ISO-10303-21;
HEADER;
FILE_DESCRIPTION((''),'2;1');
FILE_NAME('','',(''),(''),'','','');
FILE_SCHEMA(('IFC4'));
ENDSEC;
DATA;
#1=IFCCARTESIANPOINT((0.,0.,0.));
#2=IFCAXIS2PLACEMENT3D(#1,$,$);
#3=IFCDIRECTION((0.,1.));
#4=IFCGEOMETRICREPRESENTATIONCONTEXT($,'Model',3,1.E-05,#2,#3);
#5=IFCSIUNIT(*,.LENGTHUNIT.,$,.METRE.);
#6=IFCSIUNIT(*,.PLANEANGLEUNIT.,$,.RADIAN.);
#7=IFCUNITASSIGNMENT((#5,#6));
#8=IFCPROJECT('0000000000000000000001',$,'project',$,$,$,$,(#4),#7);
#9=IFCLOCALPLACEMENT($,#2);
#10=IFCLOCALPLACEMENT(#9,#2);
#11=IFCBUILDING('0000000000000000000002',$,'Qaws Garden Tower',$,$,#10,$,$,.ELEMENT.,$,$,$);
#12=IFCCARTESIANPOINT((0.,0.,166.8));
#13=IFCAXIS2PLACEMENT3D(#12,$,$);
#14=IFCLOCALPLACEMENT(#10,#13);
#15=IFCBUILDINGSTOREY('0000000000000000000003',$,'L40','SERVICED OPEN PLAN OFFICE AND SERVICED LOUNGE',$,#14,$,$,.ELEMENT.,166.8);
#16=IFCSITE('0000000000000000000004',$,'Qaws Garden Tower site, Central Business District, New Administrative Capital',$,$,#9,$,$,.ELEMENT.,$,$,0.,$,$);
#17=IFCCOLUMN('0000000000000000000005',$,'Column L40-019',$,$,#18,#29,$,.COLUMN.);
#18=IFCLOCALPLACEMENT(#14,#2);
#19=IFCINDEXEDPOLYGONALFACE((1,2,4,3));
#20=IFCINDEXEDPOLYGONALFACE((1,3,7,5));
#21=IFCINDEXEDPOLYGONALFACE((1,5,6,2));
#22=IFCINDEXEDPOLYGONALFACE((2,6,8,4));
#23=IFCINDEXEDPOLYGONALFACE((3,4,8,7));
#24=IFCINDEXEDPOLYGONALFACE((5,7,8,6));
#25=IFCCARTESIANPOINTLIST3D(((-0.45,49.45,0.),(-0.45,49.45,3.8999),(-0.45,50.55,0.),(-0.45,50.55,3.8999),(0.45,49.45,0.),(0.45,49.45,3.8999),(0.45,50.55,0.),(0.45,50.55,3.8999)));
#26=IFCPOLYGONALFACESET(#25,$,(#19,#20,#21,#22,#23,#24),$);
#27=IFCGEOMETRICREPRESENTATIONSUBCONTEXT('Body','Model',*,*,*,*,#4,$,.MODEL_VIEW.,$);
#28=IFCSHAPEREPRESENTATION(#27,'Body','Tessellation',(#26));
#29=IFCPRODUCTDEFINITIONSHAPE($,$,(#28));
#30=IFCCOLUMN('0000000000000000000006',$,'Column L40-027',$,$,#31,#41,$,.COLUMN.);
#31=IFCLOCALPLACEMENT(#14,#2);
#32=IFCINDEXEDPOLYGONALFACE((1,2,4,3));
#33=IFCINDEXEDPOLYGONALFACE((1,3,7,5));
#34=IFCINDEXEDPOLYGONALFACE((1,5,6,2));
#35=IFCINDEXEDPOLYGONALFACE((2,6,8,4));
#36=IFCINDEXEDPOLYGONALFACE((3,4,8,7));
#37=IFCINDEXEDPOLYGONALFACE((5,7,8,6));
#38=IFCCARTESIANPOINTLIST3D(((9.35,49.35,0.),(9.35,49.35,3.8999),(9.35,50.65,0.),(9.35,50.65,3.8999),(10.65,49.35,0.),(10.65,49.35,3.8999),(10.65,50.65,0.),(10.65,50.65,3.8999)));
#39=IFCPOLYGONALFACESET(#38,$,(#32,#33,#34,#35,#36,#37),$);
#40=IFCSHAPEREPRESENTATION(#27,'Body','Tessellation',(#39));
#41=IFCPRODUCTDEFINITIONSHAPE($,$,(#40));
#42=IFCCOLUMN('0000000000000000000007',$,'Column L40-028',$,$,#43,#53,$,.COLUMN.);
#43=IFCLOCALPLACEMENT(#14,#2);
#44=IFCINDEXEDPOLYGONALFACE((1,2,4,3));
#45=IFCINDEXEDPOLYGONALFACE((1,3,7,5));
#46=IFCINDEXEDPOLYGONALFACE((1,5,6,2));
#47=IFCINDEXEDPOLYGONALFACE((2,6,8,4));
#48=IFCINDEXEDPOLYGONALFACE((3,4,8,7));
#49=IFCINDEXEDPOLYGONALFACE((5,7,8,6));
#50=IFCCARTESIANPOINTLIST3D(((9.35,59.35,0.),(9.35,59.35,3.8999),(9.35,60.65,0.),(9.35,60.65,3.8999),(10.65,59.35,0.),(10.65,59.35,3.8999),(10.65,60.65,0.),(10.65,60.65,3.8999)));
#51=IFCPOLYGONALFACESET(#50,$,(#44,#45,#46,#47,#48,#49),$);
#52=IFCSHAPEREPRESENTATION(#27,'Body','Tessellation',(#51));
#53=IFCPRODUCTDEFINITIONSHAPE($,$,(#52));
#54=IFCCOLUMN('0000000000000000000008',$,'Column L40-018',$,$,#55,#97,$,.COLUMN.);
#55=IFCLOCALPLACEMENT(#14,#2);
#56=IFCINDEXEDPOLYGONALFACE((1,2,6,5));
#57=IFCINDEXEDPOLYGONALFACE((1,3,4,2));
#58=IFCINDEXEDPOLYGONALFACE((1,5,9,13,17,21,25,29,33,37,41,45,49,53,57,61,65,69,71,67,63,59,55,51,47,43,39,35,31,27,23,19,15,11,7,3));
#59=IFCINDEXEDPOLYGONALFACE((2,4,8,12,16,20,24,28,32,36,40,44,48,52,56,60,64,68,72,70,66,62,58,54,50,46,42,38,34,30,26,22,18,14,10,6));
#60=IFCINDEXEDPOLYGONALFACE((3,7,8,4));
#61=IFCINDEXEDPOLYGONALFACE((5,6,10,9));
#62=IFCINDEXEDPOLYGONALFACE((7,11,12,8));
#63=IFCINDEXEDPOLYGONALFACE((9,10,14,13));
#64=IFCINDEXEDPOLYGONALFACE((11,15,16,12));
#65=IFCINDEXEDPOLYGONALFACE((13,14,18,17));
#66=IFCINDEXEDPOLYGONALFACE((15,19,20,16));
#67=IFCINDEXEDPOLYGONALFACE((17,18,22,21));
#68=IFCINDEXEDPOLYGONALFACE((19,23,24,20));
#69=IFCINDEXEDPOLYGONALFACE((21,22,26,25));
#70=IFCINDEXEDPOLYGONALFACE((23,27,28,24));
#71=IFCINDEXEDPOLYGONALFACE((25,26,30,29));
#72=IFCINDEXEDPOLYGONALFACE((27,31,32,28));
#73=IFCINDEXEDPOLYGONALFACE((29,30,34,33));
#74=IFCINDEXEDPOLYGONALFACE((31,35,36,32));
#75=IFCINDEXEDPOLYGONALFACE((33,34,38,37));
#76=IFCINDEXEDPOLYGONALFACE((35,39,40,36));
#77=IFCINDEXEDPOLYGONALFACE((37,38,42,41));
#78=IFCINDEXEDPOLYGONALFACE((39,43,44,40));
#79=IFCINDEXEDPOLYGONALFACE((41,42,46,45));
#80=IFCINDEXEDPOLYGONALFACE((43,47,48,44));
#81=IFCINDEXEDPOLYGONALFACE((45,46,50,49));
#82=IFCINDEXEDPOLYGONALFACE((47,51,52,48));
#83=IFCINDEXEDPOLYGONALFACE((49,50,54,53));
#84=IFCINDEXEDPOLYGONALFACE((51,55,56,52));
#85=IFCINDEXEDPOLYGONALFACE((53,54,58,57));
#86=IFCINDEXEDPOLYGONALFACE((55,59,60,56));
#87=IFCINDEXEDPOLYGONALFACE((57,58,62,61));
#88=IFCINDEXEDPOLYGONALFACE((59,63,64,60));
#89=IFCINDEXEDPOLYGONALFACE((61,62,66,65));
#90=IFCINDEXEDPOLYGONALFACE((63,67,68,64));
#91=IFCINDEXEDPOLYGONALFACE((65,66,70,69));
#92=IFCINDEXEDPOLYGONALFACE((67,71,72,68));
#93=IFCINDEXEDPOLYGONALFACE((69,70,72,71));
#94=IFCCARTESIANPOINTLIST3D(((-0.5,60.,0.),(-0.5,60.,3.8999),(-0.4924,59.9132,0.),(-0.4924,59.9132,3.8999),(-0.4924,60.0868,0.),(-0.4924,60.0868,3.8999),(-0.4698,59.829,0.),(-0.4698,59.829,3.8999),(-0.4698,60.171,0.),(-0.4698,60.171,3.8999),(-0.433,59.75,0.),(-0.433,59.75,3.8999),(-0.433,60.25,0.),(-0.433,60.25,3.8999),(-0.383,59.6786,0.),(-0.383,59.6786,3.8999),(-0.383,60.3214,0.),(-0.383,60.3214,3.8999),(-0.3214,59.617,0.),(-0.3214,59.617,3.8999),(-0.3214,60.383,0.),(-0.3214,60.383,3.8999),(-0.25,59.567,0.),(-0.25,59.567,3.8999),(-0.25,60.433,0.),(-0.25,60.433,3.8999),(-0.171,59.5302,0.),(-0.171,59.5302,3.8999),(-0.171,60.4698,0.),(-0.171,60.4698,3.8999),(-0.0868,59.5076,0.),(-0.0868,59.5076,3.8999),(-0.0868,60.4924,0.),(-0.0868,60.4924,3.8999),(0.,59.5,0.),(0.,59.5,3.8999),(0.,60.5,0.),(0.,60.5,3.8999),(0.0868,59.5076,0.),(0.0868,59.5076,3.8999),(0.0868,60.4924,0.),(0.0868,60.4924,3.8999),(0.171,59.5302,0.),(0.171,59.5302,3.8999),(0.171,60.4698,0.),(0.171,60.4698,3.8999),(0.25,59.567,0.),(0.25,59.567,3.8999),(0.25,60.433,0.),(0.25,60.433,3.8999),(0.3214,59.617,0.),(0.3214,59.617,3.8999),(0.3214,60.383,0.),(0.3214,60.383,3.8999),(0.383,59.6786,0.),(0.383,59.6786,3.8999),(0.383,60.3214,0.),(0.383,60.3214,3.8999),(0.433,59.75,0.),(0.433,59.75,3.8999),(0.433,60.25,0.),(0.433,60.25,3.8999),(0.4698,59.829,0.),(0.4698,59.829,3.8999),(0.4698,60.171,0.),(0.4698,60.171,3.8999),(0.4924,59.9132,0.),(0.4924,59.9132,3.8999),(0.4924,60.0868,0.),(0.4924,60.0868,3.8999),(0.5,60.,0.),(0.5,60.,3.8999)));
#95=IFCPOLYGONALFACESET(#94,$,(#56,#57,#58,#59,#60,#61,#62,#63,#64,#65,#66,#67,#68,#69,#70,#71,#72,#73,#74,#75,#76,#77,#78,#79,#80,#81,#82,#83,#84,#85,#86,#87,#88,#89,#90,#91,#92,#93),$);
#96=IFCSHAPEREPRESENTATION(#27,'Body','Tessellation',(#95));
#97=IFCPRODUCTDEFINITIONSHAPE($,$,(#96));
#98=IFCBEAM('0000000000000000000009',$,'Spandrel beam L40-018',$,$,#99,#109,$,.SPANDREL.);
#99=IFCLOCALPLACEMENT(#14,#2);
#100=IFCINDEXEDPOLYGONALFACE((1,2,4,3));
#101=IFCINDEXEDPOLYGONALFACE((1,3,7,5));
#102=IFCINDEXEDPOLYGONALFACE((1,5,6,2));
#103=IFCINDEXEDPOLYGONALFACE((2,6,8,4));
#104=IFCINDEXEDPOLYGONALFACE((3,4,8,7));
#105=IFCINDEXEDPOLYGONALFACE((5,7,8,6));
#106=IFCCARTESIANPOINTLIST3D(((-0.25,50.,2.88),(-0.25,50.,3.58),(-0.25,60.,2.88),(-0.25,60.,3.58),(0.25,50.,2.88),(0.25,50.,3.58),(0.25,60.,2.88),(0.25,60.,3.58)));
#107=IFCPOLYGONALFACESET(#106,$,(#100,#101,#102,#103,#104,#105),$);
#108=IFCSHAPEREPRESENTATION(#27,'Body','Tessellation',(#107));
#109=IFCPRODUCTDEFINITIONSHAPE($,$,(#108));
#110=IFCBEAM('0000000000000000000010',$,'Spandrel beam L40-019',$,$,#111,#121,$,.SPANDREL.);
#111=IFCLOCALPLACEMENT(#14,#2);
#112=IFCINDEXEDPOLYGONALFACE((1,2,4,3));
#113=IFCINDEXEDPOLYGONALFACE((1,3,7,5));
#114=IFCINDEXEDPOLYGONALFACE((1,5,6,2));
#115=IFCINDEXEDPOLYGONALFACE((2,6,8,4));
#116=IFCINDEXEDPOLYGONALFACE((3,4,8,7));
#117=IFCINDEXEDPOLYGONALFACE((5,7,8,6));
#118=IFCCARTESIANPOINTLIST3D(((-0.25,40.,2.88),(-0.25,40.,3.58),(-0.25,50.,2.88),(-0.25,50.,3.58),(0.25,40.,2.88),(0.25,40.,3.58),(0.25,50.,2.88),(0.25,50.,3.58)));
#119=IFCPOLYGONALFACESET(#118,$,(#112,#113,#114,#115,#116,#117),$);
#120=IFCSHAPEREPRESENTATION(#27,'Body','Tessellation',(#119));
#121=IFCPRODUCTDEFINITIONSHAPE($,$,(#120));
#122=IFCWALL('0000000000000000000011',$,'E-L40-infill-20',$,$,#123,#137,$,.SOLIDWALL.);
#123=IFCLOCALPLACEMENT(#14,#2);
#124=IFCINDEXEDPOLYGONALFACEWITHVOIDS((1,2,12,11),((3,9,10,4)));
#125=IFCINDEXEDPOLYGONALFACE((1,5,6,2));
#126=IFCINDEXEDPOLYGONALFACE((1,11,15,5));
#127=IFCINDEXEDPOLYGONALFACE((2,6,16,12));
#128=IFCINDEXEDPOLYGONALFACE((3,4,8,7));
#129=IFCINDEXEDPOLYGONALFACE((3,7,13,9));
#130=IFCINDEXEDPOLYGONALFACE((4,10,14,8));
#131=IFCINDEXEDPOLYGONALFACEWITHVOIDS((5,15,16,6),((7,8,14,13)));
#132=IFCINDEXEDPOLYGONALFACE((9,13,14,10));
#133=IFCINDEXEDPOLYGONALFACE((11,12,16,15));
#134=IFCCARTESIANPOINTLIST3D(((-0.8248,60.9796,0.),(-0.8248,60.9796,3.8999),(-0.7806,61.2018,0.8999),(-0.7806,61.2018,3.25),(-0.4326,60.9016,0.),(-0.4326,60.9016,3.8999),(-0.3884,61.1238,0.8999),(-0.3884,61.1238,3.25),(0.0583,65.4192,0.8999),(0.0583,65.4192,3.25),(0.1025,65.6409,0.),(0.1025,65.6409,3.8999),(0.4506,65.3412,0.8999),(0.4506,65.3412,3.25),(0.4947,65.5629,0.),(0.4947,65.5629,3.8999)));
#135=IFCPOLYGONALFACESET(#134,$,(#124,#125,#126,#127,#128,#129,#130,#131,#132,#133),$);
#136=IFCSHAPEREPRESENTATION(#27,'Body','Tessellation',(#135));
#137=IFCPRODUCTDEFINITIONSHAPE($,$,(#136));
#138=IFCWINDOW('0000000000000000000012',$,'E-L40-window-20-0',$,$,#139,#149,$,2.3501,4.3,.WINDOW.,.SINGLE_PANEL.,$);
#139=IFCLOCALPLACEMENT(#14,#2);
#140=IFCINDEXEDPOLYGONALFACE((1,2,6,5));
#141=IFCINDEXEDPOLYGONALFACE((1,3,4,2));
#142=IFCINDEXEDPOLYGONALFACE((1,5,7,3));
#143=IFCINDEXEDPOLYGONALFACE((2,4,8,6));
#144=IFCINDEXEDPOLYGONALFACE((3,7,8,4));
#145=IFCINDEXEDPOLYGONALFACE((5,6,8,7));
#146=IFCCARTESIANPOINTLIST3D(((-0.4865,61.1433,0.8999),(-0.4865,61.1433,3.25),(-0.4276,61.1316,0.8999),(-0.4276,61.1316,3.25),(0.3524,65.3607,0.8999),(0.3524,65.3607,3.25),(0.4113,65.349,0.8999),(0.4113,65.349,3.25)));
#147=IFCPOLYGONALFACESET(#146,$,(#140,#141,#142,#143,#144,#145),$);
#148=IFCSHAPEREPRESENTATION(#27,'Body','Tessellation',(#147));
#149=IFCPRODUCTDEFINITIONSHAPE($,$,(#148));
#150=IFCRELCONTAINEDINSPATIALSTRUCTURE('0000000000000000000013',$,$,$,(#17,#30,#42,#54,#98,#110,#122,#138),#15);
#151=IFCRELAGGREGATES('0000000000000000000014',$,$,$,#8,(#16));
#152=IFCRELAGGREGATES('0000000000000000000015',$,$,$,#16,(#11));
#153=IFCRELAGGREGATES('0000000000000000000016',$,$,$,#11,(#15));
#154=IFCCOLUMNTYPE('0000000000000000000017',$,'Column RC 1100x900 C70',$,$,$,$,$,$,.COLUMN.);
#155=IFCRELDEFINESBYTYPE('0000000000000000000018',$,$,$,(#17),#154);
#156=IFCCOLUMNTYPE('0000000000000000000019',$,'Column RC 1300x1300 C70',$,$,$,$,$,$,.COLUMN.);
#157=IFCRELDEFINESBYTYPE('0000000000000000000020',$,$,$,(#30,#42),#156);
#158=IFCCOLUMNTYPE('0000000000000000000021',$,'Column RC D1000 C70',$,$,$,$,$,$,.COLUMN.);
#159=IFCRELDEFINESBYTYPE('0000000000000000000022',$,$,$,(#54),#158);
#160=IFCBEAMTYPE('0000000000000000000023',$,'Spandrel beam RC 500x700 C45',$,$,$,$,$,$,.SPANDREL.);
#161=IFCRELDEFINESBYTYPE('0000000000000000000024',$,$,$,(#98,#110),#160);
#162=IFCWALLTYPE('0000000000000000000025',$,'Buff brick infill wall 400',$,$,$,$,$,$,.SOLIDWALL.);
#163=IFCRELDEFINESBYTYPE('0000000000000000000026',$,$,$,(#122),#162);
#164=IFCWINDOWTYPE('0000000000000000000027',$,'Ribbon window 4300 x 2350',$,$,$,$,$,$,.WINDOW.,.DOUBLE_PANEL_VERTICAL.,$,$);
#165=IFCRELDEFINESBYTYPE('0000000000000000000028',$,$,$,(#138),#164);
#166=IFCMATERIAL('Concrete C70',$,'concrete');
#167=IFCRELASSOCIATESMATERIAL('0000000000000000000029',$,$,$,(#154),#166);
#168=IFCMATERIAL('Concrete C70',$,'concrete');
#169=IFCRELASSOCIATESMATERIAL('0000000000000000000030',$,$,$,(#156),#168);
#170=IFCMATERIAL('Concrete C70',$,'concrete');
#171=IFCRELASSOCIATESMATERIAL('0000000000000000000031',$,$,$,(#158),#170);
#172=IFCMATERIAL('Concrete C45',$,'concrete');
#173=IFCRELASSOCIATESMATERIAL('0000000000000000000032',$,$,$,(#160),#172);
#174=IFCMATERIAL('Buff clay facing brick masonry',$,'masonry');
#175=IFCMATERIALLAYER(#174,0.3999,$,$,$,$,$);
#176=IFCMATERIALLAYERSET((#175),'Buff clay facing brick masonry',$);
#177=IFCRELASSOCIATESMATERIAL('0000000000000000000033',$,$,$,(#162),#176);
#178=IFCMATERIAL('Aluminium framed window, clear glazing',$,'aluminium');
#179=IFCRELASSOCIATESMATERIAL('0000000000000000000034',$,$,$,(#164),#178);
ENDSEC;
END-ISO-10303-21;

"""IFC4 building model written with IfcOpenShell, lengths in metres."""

from ifc_helpers import new_model, si_unit, direction, frame, frame_2d, origin, origin_2d, place, context, subcontext, project, spatial, rectangle, circle, extrude, material, layer, layer_set, material_profile, profile_set, type_object, element, fill, save


model = new_model("IFC4")

# Units and contexts
model_context = context("Model", 3, precision=1e-05, world=origin(), true_north=direction((0.0, 1.0)))
body_context = subcontext(model_context, "Body", "Model", "MODEL_VIEW")
ifc_project = project(units=[si_unit("LENGTHUNIT", "METRE"), si_unit("PLANEANGLEUNIT", "RADIAN")], contexts=[model_context])

# Site, building, storey
site_placement = place(None, origin())
site = spatial("IfcSite", under=ifc_project, at=site_placement, Name="Qaws Garden Tower site, Central Business District, New Administrative Capital", CompositionType="ELEMENT", RefElevation=0.0)
building_placement = place(site_placement, origin())
building = spatial("IfcBuilding", under=site, at=building_placement, Name="Qaws Garden Tower", CompositionType="ELEMENT")
storey_placement = place(building_placement, frame((0.0, 0.0, 166.8)))
storey = spatial("IfcBuildingStorey", under=building, at=storey_placement, Name="L40", Description="SERVICED OPEN PLAN OFFICE AND SERVICED LOUNGE", CompositionType="ELEMENT", Elevation=166.8)

# Columns
ifc_material_1 = material(Name="Concrete C70", Category="concrete")
ifc_material_profile_1 = material_profile(ifc_material_1, rectangle(XDim=1.1001, YDim=0.8999, at=origin_2d()), Name="RC 1100x900")
ifc_profile_set_1 = profile_set([ifc_material_profile_1], Name="Concrete C70")
column_type_1 = type_object("IfcColumnType", Name="Column RC 1100x900 C70", PredefinedType="COLUMN", material=ifc_profile_set_1)
column_1_placement = place(storey_placement, frame((0.0, 50.0, 0.0), z_axis=(0.0, 0.0, 1.0), x_axis=(0.0, 1.0, 0.0)))
element("IfcColumn", 1, at=column_1_placement, inside=storey, type_object=column_type_1, Name="Column L40-019", PredefinedType="COLUMN", context=body_context, shape_type="SweptSolid", body=[
    extrude(rectangle(XDim=1.1001, YDim=0.8999, at=origin_2d()), origin(), (0.0, 0.0, 1.0), 3.8999),
])
ifc_material_2 = material(Name="Concrete C70", Category="concrete")
ifc_material_profile_2 = material_profile(ifc_material_2, rectangle(XDim=1.3, YDim=1.3, at=origin_2d()), Name="RC 1300x1300")
ifc_profile_set_2 = profile_set([ifc_material_profile_2], Name="Concrete C70")
column_type_2 = type_object("IfcColumnType", Name="Column RC 1300x1300 C70", PredefinedType="COLUMN", material=ifc_profile_set_2)
for number, where, z_axis, x_axis, name in (
    (2, (10.0, 50.0, 0.0), (0.0, 0.0, 1.0), (1.0, 0.0, 0.0), "Column L40-027"),
    (3, (10.0, 60.0, 0.0), (0.0, 0.0, 1.0), (1.0, 0.0, 0.0), "Column L40-028"),
):
    element("IfcColumn", number, at=place(storey_placement, frame(where, z_axis=z_axis, x_axis=x_axis)), inside=storey, type_object=column_type_2, Name=name, PredefinedType="COLUMN", context=body_context, shape_type="SweptSolid", body=[
        extrude(rectangle(XDim=1.3, YDim=1.3, at=origin_2d()), origin(), (0.0, 0.0, 1.0), 3.8999),
    ])
ifc_material_3 = material(Name="Concrete C70", Category="concrete")
ifc_material_profile_3 = material_profile(ifc_material_3, circle(Radius=0.5, at=origin_2d()), Name="RC D1000")
ifc_profile_set_3 = profile_set([ifc_material_profile_3], Name="Concrete C70")
column_type_3 = type_object("IfcColumnType", Name="Column RC D1000 C70", PredefinedType="COLUMN", material=ifc_profile_set_3)
column_2_placement = place(storey_placement, frame((0.0, 60.0, 0.0), z_axis=(0.0, 0.0, 1.0), x_axis=(1.0, 0.0, 0.0)))
element("IfcColumn", 4, at=column_2_placement, inside=storey, type_object=column_type_3, Name="Column L40-018", PredefinedType="COLUMN", context=body_context, shape_type="SweptSolid", body=[
    extrude(circle(Radius=0.5, at=origin_2d()), origin(), (0.0, 0.0, 1.0), 3.8999),
])

# Beams
ifc_material_4 = material(Name="Concrete C45", Category="concrete")
ifc_material_profile_4 = material_profile(ifc_material_4, rectangle(XDim=0.5, YDim=0.7, at=origin_2d()), Name="RC 500x700")
ifc_profile_set_4 = profile_set([ifc_material_profile_4], Name="Concrete C45")
beam_type = type_object("IfcBeamType", Name="Spandrel beam RC 500x700 C45", PredefinedType="SPANDREL", material=ifc_profile_set_4)
for number, where, z_axis, x_axis, name in (
    (5, (0.0, 60.0, 3.23), (0.0, -1.0, 0.0), (1.0, 0.0, 0.0), "Spandrel beam L40-018"),
    (6, (0.0, 50.0, 3.23), (0.0, -1.0, 0.0), (1.0, 0.0, 0.0), "Spandrel beam L40-019"),
):
    element("IfcBeam", number, at=place(storey_placement, frame(where, z_axis=z_axis, x_axis=x_axis)), inside=storey, type_object=beam_type, Name=name, PredefinedType="SPANDREL", context=body_context, shape_type="SweptSolid", body=[
        extrude(rectangle(XDim=0.5, YDim=0.7, at=origin_2d()), origin(), (0.0, 0.0, 1.0), 10.0),
    ])

# Wall, opening, window
ifc_material_5 = material(Name="Buff clay facing brick masonry", Category="masonry")
ifc_layer_1 = layer(ifc_material_5, 0.3999)
ifc_layer_set_1 = layer_set([ifc_layer_1], Name="Buff clay facing brick masonry")
wall_type_1 = type_object("IfcWallType", Name="Buff brick infill wall 400", PredefinedType="SOLIDWALL", material=ifc_layer_set_1)
wall_1_placement = place(storey_placement, frame((0.2986, 65.6021, 0.0), z_axis=(0.0, 0.0, 1.0), x_axis=(-0.195099, -0.980784, 0.0)))
wall_1 = element("IfcWall", 7, at=wall_1_placement, inside=storey, type_object=wall_type_1, Name="E-L40-infill-20", PredefinedType="SOLIDWALL", context=body_context, shape_type="SweptSolid", body=[
    extrude(rectangle(XDim=4.7527, YDim=0.3999, at=frame_2d((2.3765, 0.0))), origin(), (0.0, 0.0, 1.0), 3.8999),
])
opening_1_placement = place(wall_1_placement, frame((0.2263, 0.0, 0.8999)))
opening_1 = element("IfcOpeningElement", 8, at=opening_1_placement, cuts=wall_1, PredefinedType="OPENING", context=body_context, shape_type="SweptSolid", body=[
    extrude(rectangle(XDim=4.3, YDim=2.3501, at=frame_2d((2.1499, 1.175))), frame((0.0, 0.21, 0.0), z_axis=(0.0, -1.0, 0.0), x_axis=(1.0, 0.0, 0.0)), (0.0, 0.0, 1.0), 0.4199),
])
ifc_material_6 = material(Name="Aluminium framed window, clear glazing", Category="aluminium")
window_type_1 = type_object("IfcWindowType", Name="Ribbon window 4300 x 2350", PartitioningType="DOUBLE_PANEL_VERTICAL", PredefinedType="WINDOW", material=ifc_material_6)
window_1_placement = place(opening_1_placement, origin())
window_1 = element("IfcWindow", 9, at=window_1_placement, inside=storey, type_object=window_type_1, Name="E-L40-window-20-0", OverallHeight=2.3501, OverallWidth=4.3, PartitioningType="SINGLE_PANEL", PredefinedType="WINDOW", context=body_context, shape_type="SweptSolid", body=[
    extrude(rectangle(XDim=4.3, YDim=2.3501, at=frame_2d((2.1499, 1.175))), frame((0.0, 0.1599, 0.0), z_axis=(0.0, -1.0, 0.0), x_axis=(1.0, 0.0, 0.0)), (0.0, 0.0, 1.0), 0.0601),
])
fill(opening_1, window_1)

save(model, "model.ifc")
